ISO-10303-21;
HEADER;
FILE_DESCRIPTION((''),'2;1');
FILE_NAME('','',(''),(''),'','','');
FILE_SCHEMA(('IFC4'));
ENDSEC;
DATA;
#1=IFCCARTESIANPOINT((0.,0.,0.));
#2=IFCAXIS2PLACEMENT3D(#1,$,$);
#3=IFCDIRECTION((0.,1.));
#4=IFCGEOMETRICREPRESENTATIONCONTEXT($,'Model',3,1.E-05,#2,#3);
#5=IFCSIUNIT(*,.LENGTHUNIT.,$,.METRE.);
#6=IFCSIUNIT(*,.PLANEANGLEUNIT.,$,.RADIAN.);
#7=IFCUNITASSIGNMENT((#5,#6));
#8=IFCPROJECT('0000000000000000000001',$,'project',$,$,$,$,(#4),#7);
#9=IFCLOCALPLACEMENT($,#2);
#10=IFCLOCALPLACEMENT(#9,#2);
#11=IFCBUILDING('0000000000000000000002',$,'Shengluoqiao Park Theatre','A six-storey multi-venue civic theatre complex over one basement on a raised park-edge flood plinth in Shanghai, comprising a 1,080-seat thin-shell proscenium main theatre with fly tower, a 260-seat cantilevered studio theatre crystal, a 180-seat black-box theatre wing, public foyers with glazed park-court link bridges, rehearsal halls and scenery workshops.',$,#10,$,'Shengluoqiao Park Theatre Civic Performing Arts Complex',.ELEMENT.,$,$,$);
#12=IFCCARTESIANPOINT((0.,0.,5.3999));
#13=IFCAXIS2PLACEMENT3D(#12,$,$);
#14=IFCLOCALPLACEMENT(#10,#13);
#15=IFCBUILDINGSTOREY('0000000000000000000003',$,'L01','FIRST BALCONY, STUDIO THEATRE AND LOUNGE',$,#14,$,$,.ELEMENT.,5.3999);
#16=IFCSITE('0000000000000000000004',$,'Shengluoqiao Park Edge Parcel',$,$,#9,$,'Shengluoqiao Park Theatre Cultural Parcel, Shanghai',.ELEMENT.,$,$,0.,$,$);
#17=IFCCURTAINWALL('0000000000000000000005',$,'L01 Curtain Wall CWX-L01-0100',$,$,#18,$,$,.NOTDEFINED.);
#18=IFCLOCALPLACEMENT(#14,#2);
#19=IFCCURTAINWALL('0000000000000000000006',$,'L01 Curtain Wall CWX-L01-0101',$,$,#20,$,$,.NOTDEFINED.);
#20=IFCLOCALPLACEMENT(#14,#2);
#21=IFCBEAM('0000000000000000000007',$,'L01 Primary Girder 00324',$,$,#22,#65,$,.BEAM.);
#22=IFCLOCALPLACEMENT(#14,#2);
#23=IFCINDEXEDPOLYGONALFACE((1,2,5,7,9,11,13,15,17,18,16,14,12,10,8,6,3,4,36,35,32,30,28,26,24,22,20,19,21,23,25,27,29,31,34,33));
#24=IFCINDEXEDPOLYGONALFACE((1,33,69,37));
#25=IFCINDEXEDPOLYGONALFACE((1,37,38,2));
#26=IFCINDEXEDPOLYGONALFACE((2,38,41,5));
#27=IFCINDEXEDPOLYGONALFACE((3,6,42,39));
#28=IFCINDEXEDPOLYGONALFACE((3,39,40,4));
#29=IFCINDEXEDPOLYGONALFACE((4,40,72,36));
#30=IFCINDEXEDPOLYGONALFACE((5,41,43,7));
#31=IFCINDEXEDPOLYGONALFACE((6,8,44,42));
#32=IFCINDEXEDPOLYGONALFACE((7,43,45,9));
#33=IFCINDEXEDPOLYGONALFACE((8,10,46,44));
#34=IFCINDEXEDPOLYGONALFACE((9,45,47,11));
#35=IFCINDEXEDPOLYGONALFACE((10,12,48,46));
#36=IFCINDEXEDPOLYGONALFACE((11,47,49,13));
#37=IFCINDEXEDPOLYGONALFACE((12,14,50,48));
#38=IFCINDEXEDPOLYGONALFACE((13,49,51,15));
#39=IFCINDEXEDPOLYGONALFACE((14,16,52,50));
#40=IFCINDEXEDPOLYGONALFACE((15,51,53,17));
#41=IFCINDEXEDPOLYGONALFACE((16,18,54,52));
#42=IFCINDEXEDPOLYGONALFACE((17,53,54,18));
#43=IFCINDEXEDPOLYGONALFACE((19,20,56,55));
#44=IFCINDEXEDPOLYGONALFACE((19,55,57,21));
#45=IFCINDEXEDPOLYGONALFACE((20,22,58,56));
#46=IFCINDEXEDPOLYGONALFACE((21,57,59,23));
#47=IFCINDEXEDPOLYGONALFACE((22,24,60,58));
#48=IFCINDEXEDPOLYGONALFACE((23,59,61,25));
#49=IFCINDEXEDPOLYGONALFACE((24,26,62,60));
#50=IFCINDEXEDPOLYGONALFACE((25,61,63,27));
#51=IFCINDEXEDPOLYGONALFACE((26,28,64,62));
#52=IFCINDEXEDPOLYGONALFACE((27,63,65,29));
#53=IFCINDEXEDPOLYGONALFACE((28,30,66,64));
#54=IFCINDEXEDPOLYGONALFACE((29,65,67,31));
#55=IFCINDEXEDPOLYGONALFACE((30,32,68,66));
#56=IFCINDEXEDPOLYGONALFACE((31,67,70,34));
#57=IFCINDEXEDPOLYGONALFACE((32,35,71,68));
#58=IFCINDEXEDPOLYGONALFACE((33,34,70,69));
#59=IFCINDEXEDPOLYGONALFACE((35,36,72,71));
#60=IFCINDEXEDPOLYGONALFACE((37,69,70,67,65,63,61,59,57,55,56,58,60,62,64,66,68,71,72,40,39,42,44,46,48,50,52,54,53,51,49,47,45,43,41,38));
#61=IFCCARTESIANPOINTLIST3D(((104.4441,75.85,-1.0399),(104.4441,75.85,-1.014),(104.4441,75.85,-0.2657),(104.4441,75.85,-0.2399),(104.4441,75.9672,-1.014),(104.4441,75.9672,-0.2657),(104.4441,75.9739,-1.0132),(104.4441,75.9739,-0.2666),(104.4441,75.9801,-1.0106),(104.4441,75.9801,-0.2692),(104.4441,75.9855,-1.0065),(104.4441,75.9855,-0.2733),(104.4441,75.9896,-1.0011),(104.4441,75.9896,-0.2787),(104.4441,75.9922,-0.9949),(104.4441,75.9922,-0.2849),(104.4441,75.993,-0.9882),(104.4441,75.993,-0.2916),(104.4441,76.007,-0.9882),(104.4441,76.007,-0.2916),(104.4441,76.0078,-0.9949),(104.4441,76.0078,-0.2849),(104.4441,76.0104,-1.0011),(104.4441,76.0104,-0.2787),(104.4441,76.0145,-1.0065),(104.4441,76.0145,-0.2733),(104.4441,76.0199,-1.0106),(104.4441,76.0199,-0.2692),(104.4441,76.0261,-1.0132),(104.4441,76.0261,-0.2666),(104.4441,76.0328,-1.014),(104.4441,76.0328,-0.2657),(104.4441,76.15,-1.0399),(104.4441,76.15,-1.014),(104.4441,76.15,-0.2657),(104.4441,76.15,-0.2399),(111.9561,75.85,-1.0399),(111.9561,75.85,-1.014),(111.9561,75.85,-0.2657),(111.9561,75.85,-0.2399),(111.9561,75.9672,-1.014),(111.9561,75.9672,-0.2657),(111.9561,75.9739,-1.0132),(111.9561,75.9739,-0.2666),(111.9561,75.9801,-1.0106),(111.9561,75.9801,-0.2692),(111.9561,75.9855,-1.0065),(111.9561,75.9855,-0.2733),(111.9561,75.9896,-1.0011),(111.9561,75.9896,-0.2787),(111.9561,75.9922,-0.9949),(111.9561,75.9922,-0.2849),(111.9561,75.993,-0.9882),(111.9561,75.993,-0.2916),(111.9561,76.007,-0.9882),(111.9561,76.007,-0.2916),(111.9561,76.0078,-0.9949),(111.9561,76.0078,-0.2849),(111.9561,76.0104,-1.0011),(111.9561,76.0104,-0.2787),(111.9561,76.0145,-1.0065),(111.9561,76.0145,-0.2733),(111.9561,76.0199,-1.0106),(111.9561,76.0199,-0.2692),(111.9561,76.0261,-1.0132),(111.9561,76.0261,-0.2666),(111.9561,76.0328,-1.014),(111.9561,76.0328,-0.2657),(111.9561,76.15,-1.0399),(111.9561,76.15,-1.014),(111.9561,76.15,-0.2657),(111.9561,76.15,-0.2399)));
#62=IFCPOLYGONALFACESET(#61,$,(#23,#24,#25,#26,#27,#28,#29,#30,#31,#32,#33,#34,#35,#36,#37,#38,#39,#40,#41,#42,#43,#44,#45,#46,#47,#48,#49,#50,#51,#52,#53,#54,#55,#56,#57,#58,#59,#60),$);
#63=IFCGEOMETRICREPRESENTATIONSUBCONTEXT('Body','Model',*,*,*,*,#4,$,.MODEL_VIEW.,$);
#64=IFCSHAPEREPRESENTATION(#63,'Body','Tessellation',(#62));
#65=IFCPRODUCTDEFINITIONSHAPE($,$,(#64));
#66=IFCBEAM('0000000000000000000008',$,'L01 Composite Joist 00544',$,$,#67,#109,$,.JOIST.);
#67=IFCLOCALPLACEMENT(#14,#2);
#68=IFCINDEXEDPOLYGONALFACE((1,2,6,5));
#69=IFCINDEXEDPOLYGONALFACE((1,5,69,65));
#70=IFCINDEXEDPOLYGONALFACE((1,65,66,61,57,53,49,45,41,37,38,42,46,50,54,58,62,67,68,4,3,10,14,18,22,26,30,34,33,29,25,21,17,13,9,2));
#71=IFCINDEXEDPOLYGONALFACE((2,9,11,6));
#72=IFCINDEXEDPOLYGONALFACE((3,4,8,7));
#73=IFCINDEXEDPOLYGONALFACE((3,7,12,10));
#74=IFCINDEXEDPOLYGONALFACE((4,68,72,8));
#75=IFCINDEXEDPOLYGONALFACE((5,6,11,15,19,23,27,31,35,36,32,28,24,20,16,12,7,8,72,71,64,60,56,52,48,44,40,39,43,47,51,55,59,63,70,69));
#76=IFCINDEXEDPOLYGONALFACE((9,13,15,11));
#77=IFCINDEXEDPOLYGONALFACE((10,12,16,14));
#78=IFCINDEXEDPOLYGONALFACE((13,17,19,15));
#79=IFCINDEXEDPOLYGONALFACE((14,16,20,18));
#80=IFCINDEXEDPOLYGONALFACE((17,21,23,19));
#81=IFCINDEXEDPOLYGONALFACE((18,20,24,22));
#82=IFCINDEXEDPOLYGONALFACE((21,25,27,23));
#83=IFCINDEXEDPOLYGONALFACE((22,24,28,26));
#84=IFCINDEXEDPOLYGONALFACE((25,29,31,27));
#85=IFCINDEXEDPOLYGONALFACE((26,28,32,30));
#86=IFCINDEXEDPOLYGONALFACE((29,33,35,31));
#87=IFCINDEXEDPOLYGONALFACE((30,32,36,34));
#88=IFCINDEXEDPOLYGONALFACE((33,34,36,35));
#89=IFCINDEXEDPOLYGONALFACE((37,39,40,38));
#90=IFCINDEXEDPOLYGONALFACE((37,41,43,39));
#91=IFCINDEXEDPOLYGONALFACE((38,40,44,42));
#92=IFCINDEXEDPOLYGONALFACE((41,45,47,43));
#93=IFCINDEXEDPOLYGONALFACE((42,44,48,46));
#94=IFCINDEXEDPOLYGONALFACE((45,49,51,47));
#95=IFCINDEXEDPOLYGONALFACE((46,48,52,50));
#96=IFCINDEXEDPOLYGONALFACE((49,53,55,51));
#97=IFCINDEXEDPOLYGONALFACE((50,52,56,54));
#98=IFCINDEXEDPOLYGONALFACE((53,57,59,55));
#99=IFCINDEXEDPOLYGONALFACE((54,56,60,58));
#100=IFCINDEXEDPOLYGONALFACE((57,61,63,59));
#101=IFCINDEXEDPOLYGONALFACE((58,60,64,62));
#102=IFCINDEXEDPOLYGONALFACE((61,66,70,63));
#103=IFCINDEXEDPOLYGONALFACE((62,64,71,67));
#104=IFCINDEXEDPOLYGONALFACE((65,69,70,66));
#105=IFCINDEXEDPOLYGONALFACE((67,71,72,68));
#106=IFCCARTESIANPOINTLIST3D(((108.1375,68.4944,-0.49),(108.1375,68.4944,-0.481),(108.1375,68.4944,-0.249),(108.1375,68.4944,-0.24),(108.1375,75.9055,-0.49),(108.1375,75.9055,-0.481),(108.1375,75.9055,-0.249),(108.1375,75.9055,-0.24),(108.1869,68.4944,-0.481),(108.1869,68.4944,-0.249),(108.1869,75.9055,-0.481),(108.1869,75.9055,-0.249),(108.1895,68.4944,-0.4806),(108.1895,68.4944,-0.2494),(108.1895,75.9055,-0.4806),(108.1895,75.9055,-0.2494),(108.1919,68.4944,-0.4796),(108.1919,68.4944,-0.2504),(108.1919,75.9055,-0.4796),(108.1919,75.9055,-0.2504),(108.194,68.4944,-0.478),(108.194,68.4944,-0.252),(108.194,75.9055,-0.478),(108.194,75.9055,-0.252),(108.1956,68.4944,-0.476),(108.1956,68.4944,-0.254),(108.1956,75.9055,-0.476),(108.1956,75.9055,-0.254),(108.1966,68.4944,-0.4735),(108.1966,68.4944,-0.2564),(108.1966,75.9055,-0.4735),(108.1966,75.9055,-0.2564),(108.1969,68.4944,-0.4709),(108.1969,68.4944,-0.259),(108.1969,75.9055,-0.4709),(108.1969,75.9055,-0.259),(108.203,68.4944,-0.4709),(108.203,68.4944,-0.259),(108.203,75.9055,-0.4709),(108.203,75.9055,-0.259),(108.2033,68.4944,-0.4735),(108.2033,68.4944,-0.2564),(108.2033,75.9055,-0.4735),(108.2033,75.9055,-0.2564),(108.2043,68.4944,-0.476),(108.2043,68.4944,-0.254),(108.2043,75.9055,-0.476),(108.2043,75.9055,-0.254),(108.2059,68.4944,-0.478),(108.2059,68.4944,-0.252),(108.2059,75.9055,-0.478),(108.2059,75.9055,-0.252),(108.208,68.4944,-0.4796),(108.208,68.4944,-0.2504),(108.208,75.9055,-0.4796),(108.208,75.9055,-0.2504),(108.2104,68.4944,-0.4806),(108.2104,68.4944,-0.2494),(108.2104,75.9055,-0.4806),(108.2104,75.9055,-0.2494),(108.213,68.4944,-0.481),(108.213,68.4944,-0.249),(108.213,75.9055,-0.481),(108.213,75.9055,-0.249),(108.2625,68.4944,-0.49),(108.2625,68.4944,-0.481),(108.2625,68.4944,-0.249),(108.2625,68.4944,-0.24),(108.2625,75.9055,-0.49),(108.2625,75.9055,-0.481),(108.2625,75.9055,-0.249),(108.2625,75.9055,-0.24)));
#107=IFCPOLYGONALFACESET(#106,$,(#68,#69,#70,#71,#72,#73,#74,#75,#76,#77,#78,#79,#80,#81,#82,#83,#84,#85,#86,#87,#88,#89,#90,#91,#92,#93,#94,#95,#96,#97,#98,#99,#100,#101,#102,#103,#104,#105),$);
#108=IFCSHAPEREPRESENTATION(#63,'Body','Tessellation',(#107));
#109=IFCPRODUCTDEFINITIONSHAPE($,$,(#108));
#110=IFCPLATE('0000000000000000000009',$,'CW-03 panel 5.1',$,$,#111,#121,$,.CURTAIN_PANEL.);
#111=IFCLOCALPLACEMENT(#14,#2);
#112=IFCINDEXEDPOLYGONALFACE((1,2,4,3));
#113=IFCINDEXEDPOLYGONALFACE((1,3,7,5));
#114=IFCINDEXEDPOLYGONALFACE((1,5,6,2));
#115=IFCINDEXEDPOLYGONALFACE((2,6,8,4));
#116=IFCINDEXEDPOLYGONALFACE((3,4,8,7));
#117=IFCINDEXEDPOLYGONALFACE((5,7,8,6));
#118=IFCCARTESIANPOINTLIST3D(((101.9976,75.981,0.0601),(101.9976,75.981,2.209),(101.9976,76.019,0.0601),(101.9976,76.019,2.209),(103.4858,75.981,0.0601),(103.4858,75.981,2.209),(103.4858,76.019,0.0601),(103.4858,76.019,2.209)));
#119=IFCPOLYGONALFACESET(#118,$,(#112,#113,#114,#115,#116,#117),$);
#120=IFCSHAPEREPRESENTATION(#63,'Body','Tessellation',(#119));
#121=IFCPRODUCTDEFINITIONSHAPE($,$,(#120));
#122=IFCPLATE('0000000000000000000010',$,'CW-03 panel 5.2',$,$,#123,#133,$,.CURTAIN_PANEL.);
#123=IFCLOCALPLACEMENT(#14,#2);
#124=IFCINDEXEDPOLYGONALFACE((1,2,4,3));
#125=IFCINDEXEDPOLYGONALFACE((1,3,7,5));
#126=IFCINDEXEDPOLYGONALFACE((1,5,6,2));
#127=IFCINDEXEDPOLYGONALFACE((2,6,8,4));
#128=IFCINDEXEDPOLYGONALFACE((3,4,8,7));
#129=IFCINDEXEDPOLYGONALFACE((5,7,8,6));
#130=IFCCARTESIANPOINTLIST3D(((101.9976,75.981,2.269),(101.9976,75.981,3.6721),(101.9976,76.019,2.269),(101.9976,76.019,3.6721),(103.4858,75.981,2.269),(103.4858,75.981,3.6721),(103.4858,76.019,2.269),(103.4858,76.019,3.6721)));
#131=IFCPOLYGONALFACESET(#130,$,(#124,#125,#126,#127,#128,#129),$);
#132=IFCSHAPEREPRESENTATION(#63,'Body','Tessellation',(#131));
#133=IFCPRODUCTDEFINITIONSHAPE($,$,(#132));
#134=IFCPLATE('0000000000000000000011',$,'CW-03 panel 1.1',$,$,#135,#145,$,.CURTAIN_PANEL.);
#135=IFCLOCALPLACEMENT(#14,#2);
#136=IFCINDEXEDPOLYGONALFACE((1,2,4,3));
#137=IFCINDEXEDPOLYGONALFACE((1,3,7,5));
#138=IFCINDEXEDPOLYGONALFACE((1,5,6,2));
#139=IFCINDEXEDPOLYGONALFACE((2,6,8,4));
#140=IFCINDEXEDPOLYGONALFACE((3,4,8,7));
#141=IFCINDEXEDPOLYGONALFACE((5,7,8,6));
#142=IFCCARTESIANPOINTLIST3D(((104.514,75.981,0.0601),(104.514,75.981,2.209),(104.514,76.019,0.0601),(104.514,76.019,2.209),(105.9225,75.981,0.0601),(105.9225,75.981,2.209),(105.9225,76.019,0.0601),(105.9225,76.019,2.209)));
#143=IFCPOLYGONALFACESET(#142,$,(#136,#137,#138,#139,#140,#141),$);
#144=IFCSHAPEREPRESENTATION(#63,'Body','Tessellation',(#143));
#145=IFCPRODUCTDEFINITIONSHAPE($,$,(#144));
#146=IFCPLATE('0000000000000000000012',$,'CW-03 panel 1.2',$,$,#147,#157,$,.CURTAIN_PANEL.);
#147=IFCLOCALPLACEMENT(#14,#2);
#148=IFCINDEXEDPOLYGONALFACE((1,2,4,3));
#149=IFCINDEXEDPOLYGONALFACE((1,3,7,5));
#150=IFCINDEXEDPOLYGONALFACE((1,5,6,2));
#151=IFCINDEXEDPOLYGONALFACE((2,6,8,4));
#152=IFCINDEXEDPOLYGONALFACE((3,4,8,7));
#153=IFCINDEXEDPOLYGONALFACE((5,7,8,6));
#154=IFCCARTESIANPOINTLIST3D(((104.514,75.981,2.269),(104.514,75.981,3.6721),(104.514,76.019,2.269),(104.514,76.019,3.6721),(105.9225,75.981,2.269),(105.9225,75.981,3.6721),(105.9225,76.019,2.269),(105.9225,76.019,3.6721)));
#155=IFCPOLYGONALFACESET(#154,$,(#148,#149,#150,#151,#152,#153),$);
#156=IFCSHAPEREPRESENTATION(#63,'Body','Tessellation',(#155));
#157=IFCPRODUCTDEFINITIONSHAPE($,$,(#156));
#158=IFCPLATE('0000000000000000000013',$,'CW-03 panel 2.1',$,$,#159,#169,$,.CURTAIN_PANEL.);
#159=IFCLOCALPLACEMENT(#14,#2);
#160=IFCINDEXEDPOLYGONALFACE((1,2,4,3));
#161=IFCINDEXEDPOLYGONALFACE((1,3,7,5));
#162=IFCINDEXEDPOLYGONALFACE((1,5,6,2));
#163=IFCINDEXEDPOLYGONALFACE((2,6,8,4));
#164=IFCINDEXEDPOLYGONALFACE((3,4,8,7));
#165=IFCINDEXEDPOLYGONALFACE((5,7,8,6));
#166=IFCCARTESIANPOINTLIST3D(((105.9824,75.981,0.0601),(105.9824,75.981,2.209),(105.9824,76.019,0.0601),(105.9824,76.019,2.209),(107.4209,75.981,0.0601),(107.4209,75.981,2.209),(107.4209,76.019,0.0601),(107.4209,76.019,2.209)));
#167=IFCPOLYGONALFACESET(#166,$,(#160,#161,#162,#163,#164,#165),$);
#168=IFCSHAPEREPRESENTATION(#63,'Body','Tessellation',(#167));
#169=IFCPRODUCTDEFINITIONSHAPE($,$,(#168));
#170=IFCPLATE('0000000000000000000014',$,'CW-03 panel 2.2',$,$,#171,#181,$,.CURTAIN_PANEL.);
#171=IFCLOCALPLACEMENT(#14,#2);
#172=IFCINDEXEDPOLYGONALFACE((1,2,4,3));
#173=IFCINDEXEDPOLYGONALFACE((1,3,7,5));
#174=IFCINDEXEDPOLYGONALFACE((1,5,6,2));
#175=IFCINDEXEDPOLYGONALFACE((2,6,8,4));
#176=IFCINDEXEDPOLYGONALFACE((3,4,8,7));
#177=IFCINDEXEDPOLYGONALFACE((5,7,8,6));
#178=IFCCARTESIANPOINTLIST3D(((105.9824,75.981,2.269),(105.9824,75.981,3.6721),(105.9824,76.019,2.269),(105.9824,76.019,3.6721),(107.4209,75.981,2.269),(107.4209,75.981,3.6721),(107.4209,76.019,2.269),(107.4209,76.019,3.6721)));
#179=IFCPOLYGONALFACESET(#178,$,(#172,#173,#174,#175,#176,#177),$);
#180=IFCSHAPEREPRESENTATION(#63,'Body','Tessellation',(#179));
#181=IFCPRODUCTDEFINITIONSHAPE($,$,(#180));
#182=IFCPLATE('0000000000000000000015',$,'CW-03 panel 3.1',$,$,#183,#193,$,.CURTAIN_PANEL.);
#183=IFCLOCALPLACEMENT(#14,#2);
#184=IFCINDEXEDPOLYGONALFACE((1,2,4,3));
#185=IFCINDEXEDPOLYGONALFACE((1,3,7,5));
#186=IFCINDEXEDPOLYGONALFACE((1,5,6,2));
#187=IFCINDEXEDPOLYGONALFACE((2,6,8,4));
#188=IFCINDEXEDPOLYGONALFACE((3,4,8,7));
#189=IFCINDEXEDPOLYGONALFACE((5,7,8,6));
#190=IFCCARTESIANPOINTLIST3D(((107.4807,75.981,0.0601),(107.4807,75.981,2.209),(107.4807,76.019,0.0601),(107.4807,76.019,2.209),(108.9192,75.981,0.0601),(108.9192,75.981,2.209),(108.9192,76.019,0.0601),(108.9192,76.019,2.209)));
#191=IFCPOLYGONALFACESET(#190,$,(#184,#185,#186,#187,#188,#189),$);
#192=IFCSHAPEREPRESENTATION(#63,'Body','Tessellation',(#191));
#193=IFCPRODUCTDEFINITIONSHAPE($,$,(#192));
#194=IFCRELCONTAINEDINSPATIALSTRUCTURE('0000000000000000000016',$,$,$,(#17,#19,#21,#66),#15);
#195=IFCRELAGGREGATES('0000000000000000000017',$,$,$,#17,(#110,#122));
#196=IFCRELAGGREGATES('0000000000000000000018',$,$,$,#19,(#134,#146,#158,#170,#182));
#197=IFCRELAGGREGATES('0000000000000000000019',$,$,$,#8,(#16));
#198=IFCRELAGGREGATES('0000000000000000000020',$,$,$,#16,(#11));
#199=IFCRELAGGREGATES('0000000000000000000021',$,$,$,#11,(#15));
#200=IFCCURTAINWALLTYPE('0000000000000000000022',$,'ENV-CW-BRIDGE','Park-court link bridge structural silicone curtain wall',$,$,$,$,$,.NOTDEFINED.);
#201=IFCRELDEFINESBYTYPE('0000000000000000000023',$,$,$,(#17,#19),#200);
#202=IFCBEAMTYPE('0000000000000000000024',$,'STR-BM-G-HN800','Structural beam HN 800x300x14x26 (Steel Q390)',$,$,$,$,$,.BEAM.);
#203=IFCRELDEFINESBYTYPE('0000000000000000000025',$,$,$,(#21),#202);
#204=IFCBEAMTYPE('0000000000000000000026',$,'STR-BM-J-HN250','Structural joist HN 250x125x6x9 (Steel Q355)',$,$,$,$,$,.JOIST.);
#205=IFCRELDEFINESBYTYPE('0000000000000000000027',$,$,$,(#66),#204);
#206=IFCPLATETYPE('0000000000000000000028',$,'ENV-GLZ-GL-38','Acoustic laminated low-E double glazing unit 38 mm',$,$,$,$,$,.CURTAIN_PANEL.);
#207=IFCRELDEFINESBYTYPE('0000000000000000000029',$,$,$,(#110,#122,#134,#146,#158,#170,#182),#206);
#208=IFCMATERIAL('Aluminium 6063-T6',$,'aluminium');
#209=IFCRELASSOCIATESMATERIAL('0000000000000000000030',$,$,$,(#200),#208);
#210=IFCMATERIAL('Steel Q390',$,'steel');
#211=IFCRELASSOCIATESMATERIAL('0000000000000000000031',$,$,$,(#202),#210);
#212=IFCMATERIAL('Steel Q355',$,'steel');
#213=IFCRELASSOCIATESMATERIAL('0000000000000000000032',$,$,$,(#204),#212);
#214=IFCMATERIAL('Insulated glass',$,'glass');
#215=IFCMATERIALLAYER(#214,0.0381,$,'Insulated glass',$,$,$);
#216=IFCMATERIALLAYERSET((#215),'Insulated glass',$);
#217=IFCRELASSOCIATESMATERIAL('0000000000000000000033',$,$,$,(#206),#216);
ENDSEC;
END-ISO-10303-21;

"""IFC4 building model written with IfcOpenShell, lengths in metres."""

from ifc_helpers import new_model, si_unit, direction, frame, origin, origin_2d, place, context, subcontext, project, spatial, rectangle, i_section, extrude, material, layer, layer_set, material_profile, profile_set, type_object, element, aggregate, save


model = new_model("IFC4")

# Units and contexts
model_context = context("Model", 3, precision=1e-05, world=origin(), true_north=direction((0.0, 1.0)))
body_context = subcontext(model_context, "Body", "Model", "MODEL_VIEW")
ifc_project = project(units=[si_unit("LENGTHUNIT", "METRE"), si_unit("PLANEANGLEUNIT", "RADIAN")], contexts=[model_context])

# Site, building, storey
site_placement = place(None, origin())
site = spatial("IfcSite", under=ifc_project, at=site_placement, Name="Shengluoqiao Park Edge Parcel", LongName="Shengluoqiao Park Theatre Cultural Parcel, Shanghai", CompositionType="ELEMENT", RefElevation=0.0)
building_placement = place(site_placement, origin())
building = spatial("IfcBuilding", under=site, at=building_placement, Name="Shengluoqiao Park Theatre", Description="A six-storey multi-venue civic theatre complex over one basement on a raised park-edge flood plinth in Shanghai, comprising a 1,080-seat thin-shell proscenium main theatre with fly tower, a 260-seat cantilevered studio theatre crystal, a 180-seat black-box theatre wing, public foyers with glazed park-court link bridges, rehearsal halls and scenery workshops.", LongName="Shengluoqiao Park Theatre Civic Performing Arts Complex", CompositionType="ELEMENT")
storey_placement = place(building_placement, frame((0.0, 0.0, 5.3999)))
storey = spatial("IfcBuildingStorey", under=building, at=storey_placement, Name="L01", Description="FIRST BALCONY, STUDIO THEATRE AND LOUNGE", CompositionType="ELEMENT", Elevation=5.3999)

# Curtain walls
ifc_material_1 = material(Name="Aluminium 6063-T6", Category="aluminium")
curtain_wall_type = type_object("IfcCurtainWallType", Name="ENV-CW-BRIDGE", Description="Park-court link bridge structural silicone curtain wall", PredefinedType="NOTDEFINED", material=ifc_material_1)
curtain_wall_1_placement = place(storey_placement, origin())
curtain_wall_1 = element("IfcCurtainWall", 1, at=curtain_wall_1_placement, inside=storey, type_object=curtain_wall_type, Name="L01 Curtain Wall CWX-L01-0100", PredefinedType="NOTDEFINED")
curtain_wall_2_placement = place(storey_placement, origin())
curtain_wall_2 = element("IfcCurtainWall", 2, at=curtain_wall_2_placement, inside=storey, type_object=curtain_wall_type, Name="L01 Curtain Wall CWX-L01-0101", PredefinedType="NOTDEFINED")

# Beams
ifc_material_2 = material(Name="Steel Q355", Category="steel")
ifc_material_3 = material(Name="Steel Q390", Category="steel")
ifc_material_profile_1 = material_profile(ifc_material_3, i_section(OverallWidth=0.3, OverallDepth=0.8, WebThickness=0.0139, FlangeThickness=0.0259, FilletRadius=0.0259, at=origin_2d()), Name="HN 800x300x14x26")
ifc_profile_set_1 = profile_set([ifc_material_profile_1], Name="Steel Q390")
beam_type_1 = type_object("IfcBeamType", Name="STR-BM-G-HN800", Description="Structural beam HN 800x300x14x26 (Steel Q390)", PredefinedType="BEAM", material=ifc_profile_set_1)
beam_1_placement = place(storey_placement, frame((104.4441, 76.0, -0.6399), z_axis=(1.0, 0.0, 0.0), x_axis=(0.0, 1.0, 0.0)))
element("IfcBeam", 3, at=beam_1_placement, inside=storey, type_object=beam_type_1, Name="L01 Primary Girder 00324", PredefinedType="BEAM", context=body_context, shape_type="SweptSolid", body=[
    extrude(i_section(OverallWidth=0.3, OverallDepth=0.8, WebThickness=0.0139, FlangeThickness=0.0259, FilletRadius=0.0259, at=origin_2d()), origin(), (0.0, 0.0, 1.0), 7.512),
])
ifc_material_profile_2 = material_profile(ifc_material_2, i_section(OverallWidth=0.125, OverallDepth=0.25, WebThickness=0.0061, FlangeThickness=0.009, FilletRadius=0.01, at=origin_2d()), Name="HN 250x125x6x9")
ifc_profile_set_2 = profile_set([ifc_material_profile_2], Name="Steel Q355")
beam_type_2 = type_object("IfcBeamType", Name="STR-BM-J-HN250", Description="Structural joist HN 250x125x6x9 (Steel Q355)", PredefinedType="JOIST", material=ifc_profile_set_2)
beam_2_placement = place(storey_placement, frame((108.2, 68.4944, -0.365), z_axis=(0.0, 1.0, 0.0), x_axis=(-1.0, 0.0, 0.0)))
element("IfcBeam", 4, at=beam_2_placement, inside=storey, type_object=beam_type_2, Name="L01 Composite Joist 00544", PredefinedType="JOIST", context=body_context, shape_type="SweptSolid", body=[
    extrude(i_section(OverallWidth=0.125, OverallDepth=0.25, WebThickness=0.0061, FlangeThickness=0.009, FilletRadius=0.01, at=origin_2d()), origin(), (0.0, 0.0, 1.0), 7.4111),
])

# Plates
ifc_material_4 = material(Name="Insulated glass", Category="glass")
ifc_layer_1 = layer(ifc_material_4, 0.0381, Name="Insulated glass")
ifc_layer_set_1 = layer_set([ifc_layer_1], Name="Insulated glass")
plate_type = type_object("IfcPlateType", Name="ENV-GLZ-GL-38", Description="Acoustic laminated low-E double glazing unit 38 mm", PredefinedType="CURTAIN_PANEL", material=ifc_layer_set_1)
plate_1_placement = place(storey_placement, frame((102.7417, 76.0, 0.0601), z_axis=(0.0, 0.0, 1.0), x_axis=(1.0, 0.0, 0.0)))
plate_1 = element("IfcPlate", 5, at=plate_1_placement, type_object=plate_type, Name="CW-03 panel 5.1", PredefinedType="CURTAIN_PANEL", context=body_context, shape_type="SweptSolid", body=[
    extrude(rectangle(XDim=1.4883, YDim=0.0381, at=origin_2d()), origin(), (0.0, 0.0, 1.0), 2.1489),
])
plate_2_placement = place(storey_placement, frame((102.7417, 76.0, 2.269), z_axis=(0.0, 0.0, 1.0), x_axis=(1.0, 0.0, 0.0)))
plate_2 = element("IfcPlate", 6, at=plate_2_placement, type_object=plate_type, Name="CW-03 panel 5.2", PredefinedType="CURTAIN_PANEL", context=body_context, shape_type="SweptSolid", body=[
    extrude(rectangle(XDim=1.4883, YDim=0.0381, at=origin_2d()), origin(), (0.0, 0.0, 1.0), 1.4031),
])
aggregate(curtain_wall_1, [plate_1, plate_2])
plate_3_placement = place(storey_placement, frame((105.2183, 76.0, 0.0601), z_axis=(0.0, 0.0, 1.0), x_axis=(1.0, 0.0, 0.0)))
plate_3 = element("IfcPlate", 7, at=plate_3_placement, type_object=plate_type, Name="CW-03 panel 1.1", PredefinedType="CURTAIN_PANEL", context=body_context, shape_type="SweptSolid", body=[
    extrude(rectangle(XDim=1.4084, YDim=0.0381, at=origin_2d()), origin(), (0.0, 0.0, 1.0), 2.1489),
])
plate_4_placement = place(storey_placement, frame((105.2183, 76.0, 2.269), z_axis=(0.0, 0.0, 1.0), x_axis=(1.0, 0.0, 0.0)))
plate_4 = element("IfcPlate", 8, at=plate_4_placement, type_object=plate_type, Name="CW-03 panel 1.2", PredefinedType="CURTAIN_PANEL", context=body_context, shape_type="SweptSolid", body=[
    extrude(rectangle(XDim=1.4084, YDim=0.0381, at=origin_2d()), origin(), (0.0, 0.0, 1.0), 1.4031),
])
plate_5_placement = place(storey_placement, frame((106.7017, 76.0, 0.0601), z_axis=(0.0, 0.0, 1.0), x_axis=(1.0, 0.0, 0.0)))
plate_5 = element("IfcPlate", 9, at=plate_5_placement, type_object=plate_type, Name="CW-03 panel 2.1", PredefinedType="CURTAIN_PANEL", context=body_context, shape_type="SweptSolid", body=[
    extrude(rectangle(XDim=1.4385, YDim=0.0381, at=origin_2d()), origin(), (0.0, 0.0, 1.0), 2.1489),
])
plate_6_placement = place(storey_placement, frame((106.7017, 76.0, 2.269), z_axis=(0.0, 0.0, 1.0), x_axis=(1.0, 0.0, 0.0)))
plate_6 = element("IfcPlate", 10, at=plate_6_placement, type_object=plate_type, Name="CW-03 panel 2.2", PredefinedType="CURTAIN_PANEL", context=body_context, shape_type="SweptSolid", body=[
    extrude(rectangle(XDim=1.4385, YDim=0.0381, at=origin_2d()), origin(), (0.0, 0.0, 1.0), 1.4031),
])
plate_7_placement = place(storey_placement, frame((108.2, 76.0, 0.0601), z_axis=(0.0, 0.0, 1.0), x_axis=(1.0, 0.0, 0.0)))
plate_7 = element("IfcPlate", 11, at=plate_7_placement, type_object=plate_type, Name="CW-03 panel 3.1", PredefinedType="CURTAIN_PANEL", context=body_context, shape_type="SweptSolid", body=[
    extrude(rectangle(XDim=1.4385, YDim=0.0381, at=origin_2d()), origin(), (0.0, 0.0, 1.0), 2.1489),
])
aggregate(curtain_wall_2, [plate_3, plate_4, plate_5, plate_6, plate_7])

save(model, "model.ifc")
